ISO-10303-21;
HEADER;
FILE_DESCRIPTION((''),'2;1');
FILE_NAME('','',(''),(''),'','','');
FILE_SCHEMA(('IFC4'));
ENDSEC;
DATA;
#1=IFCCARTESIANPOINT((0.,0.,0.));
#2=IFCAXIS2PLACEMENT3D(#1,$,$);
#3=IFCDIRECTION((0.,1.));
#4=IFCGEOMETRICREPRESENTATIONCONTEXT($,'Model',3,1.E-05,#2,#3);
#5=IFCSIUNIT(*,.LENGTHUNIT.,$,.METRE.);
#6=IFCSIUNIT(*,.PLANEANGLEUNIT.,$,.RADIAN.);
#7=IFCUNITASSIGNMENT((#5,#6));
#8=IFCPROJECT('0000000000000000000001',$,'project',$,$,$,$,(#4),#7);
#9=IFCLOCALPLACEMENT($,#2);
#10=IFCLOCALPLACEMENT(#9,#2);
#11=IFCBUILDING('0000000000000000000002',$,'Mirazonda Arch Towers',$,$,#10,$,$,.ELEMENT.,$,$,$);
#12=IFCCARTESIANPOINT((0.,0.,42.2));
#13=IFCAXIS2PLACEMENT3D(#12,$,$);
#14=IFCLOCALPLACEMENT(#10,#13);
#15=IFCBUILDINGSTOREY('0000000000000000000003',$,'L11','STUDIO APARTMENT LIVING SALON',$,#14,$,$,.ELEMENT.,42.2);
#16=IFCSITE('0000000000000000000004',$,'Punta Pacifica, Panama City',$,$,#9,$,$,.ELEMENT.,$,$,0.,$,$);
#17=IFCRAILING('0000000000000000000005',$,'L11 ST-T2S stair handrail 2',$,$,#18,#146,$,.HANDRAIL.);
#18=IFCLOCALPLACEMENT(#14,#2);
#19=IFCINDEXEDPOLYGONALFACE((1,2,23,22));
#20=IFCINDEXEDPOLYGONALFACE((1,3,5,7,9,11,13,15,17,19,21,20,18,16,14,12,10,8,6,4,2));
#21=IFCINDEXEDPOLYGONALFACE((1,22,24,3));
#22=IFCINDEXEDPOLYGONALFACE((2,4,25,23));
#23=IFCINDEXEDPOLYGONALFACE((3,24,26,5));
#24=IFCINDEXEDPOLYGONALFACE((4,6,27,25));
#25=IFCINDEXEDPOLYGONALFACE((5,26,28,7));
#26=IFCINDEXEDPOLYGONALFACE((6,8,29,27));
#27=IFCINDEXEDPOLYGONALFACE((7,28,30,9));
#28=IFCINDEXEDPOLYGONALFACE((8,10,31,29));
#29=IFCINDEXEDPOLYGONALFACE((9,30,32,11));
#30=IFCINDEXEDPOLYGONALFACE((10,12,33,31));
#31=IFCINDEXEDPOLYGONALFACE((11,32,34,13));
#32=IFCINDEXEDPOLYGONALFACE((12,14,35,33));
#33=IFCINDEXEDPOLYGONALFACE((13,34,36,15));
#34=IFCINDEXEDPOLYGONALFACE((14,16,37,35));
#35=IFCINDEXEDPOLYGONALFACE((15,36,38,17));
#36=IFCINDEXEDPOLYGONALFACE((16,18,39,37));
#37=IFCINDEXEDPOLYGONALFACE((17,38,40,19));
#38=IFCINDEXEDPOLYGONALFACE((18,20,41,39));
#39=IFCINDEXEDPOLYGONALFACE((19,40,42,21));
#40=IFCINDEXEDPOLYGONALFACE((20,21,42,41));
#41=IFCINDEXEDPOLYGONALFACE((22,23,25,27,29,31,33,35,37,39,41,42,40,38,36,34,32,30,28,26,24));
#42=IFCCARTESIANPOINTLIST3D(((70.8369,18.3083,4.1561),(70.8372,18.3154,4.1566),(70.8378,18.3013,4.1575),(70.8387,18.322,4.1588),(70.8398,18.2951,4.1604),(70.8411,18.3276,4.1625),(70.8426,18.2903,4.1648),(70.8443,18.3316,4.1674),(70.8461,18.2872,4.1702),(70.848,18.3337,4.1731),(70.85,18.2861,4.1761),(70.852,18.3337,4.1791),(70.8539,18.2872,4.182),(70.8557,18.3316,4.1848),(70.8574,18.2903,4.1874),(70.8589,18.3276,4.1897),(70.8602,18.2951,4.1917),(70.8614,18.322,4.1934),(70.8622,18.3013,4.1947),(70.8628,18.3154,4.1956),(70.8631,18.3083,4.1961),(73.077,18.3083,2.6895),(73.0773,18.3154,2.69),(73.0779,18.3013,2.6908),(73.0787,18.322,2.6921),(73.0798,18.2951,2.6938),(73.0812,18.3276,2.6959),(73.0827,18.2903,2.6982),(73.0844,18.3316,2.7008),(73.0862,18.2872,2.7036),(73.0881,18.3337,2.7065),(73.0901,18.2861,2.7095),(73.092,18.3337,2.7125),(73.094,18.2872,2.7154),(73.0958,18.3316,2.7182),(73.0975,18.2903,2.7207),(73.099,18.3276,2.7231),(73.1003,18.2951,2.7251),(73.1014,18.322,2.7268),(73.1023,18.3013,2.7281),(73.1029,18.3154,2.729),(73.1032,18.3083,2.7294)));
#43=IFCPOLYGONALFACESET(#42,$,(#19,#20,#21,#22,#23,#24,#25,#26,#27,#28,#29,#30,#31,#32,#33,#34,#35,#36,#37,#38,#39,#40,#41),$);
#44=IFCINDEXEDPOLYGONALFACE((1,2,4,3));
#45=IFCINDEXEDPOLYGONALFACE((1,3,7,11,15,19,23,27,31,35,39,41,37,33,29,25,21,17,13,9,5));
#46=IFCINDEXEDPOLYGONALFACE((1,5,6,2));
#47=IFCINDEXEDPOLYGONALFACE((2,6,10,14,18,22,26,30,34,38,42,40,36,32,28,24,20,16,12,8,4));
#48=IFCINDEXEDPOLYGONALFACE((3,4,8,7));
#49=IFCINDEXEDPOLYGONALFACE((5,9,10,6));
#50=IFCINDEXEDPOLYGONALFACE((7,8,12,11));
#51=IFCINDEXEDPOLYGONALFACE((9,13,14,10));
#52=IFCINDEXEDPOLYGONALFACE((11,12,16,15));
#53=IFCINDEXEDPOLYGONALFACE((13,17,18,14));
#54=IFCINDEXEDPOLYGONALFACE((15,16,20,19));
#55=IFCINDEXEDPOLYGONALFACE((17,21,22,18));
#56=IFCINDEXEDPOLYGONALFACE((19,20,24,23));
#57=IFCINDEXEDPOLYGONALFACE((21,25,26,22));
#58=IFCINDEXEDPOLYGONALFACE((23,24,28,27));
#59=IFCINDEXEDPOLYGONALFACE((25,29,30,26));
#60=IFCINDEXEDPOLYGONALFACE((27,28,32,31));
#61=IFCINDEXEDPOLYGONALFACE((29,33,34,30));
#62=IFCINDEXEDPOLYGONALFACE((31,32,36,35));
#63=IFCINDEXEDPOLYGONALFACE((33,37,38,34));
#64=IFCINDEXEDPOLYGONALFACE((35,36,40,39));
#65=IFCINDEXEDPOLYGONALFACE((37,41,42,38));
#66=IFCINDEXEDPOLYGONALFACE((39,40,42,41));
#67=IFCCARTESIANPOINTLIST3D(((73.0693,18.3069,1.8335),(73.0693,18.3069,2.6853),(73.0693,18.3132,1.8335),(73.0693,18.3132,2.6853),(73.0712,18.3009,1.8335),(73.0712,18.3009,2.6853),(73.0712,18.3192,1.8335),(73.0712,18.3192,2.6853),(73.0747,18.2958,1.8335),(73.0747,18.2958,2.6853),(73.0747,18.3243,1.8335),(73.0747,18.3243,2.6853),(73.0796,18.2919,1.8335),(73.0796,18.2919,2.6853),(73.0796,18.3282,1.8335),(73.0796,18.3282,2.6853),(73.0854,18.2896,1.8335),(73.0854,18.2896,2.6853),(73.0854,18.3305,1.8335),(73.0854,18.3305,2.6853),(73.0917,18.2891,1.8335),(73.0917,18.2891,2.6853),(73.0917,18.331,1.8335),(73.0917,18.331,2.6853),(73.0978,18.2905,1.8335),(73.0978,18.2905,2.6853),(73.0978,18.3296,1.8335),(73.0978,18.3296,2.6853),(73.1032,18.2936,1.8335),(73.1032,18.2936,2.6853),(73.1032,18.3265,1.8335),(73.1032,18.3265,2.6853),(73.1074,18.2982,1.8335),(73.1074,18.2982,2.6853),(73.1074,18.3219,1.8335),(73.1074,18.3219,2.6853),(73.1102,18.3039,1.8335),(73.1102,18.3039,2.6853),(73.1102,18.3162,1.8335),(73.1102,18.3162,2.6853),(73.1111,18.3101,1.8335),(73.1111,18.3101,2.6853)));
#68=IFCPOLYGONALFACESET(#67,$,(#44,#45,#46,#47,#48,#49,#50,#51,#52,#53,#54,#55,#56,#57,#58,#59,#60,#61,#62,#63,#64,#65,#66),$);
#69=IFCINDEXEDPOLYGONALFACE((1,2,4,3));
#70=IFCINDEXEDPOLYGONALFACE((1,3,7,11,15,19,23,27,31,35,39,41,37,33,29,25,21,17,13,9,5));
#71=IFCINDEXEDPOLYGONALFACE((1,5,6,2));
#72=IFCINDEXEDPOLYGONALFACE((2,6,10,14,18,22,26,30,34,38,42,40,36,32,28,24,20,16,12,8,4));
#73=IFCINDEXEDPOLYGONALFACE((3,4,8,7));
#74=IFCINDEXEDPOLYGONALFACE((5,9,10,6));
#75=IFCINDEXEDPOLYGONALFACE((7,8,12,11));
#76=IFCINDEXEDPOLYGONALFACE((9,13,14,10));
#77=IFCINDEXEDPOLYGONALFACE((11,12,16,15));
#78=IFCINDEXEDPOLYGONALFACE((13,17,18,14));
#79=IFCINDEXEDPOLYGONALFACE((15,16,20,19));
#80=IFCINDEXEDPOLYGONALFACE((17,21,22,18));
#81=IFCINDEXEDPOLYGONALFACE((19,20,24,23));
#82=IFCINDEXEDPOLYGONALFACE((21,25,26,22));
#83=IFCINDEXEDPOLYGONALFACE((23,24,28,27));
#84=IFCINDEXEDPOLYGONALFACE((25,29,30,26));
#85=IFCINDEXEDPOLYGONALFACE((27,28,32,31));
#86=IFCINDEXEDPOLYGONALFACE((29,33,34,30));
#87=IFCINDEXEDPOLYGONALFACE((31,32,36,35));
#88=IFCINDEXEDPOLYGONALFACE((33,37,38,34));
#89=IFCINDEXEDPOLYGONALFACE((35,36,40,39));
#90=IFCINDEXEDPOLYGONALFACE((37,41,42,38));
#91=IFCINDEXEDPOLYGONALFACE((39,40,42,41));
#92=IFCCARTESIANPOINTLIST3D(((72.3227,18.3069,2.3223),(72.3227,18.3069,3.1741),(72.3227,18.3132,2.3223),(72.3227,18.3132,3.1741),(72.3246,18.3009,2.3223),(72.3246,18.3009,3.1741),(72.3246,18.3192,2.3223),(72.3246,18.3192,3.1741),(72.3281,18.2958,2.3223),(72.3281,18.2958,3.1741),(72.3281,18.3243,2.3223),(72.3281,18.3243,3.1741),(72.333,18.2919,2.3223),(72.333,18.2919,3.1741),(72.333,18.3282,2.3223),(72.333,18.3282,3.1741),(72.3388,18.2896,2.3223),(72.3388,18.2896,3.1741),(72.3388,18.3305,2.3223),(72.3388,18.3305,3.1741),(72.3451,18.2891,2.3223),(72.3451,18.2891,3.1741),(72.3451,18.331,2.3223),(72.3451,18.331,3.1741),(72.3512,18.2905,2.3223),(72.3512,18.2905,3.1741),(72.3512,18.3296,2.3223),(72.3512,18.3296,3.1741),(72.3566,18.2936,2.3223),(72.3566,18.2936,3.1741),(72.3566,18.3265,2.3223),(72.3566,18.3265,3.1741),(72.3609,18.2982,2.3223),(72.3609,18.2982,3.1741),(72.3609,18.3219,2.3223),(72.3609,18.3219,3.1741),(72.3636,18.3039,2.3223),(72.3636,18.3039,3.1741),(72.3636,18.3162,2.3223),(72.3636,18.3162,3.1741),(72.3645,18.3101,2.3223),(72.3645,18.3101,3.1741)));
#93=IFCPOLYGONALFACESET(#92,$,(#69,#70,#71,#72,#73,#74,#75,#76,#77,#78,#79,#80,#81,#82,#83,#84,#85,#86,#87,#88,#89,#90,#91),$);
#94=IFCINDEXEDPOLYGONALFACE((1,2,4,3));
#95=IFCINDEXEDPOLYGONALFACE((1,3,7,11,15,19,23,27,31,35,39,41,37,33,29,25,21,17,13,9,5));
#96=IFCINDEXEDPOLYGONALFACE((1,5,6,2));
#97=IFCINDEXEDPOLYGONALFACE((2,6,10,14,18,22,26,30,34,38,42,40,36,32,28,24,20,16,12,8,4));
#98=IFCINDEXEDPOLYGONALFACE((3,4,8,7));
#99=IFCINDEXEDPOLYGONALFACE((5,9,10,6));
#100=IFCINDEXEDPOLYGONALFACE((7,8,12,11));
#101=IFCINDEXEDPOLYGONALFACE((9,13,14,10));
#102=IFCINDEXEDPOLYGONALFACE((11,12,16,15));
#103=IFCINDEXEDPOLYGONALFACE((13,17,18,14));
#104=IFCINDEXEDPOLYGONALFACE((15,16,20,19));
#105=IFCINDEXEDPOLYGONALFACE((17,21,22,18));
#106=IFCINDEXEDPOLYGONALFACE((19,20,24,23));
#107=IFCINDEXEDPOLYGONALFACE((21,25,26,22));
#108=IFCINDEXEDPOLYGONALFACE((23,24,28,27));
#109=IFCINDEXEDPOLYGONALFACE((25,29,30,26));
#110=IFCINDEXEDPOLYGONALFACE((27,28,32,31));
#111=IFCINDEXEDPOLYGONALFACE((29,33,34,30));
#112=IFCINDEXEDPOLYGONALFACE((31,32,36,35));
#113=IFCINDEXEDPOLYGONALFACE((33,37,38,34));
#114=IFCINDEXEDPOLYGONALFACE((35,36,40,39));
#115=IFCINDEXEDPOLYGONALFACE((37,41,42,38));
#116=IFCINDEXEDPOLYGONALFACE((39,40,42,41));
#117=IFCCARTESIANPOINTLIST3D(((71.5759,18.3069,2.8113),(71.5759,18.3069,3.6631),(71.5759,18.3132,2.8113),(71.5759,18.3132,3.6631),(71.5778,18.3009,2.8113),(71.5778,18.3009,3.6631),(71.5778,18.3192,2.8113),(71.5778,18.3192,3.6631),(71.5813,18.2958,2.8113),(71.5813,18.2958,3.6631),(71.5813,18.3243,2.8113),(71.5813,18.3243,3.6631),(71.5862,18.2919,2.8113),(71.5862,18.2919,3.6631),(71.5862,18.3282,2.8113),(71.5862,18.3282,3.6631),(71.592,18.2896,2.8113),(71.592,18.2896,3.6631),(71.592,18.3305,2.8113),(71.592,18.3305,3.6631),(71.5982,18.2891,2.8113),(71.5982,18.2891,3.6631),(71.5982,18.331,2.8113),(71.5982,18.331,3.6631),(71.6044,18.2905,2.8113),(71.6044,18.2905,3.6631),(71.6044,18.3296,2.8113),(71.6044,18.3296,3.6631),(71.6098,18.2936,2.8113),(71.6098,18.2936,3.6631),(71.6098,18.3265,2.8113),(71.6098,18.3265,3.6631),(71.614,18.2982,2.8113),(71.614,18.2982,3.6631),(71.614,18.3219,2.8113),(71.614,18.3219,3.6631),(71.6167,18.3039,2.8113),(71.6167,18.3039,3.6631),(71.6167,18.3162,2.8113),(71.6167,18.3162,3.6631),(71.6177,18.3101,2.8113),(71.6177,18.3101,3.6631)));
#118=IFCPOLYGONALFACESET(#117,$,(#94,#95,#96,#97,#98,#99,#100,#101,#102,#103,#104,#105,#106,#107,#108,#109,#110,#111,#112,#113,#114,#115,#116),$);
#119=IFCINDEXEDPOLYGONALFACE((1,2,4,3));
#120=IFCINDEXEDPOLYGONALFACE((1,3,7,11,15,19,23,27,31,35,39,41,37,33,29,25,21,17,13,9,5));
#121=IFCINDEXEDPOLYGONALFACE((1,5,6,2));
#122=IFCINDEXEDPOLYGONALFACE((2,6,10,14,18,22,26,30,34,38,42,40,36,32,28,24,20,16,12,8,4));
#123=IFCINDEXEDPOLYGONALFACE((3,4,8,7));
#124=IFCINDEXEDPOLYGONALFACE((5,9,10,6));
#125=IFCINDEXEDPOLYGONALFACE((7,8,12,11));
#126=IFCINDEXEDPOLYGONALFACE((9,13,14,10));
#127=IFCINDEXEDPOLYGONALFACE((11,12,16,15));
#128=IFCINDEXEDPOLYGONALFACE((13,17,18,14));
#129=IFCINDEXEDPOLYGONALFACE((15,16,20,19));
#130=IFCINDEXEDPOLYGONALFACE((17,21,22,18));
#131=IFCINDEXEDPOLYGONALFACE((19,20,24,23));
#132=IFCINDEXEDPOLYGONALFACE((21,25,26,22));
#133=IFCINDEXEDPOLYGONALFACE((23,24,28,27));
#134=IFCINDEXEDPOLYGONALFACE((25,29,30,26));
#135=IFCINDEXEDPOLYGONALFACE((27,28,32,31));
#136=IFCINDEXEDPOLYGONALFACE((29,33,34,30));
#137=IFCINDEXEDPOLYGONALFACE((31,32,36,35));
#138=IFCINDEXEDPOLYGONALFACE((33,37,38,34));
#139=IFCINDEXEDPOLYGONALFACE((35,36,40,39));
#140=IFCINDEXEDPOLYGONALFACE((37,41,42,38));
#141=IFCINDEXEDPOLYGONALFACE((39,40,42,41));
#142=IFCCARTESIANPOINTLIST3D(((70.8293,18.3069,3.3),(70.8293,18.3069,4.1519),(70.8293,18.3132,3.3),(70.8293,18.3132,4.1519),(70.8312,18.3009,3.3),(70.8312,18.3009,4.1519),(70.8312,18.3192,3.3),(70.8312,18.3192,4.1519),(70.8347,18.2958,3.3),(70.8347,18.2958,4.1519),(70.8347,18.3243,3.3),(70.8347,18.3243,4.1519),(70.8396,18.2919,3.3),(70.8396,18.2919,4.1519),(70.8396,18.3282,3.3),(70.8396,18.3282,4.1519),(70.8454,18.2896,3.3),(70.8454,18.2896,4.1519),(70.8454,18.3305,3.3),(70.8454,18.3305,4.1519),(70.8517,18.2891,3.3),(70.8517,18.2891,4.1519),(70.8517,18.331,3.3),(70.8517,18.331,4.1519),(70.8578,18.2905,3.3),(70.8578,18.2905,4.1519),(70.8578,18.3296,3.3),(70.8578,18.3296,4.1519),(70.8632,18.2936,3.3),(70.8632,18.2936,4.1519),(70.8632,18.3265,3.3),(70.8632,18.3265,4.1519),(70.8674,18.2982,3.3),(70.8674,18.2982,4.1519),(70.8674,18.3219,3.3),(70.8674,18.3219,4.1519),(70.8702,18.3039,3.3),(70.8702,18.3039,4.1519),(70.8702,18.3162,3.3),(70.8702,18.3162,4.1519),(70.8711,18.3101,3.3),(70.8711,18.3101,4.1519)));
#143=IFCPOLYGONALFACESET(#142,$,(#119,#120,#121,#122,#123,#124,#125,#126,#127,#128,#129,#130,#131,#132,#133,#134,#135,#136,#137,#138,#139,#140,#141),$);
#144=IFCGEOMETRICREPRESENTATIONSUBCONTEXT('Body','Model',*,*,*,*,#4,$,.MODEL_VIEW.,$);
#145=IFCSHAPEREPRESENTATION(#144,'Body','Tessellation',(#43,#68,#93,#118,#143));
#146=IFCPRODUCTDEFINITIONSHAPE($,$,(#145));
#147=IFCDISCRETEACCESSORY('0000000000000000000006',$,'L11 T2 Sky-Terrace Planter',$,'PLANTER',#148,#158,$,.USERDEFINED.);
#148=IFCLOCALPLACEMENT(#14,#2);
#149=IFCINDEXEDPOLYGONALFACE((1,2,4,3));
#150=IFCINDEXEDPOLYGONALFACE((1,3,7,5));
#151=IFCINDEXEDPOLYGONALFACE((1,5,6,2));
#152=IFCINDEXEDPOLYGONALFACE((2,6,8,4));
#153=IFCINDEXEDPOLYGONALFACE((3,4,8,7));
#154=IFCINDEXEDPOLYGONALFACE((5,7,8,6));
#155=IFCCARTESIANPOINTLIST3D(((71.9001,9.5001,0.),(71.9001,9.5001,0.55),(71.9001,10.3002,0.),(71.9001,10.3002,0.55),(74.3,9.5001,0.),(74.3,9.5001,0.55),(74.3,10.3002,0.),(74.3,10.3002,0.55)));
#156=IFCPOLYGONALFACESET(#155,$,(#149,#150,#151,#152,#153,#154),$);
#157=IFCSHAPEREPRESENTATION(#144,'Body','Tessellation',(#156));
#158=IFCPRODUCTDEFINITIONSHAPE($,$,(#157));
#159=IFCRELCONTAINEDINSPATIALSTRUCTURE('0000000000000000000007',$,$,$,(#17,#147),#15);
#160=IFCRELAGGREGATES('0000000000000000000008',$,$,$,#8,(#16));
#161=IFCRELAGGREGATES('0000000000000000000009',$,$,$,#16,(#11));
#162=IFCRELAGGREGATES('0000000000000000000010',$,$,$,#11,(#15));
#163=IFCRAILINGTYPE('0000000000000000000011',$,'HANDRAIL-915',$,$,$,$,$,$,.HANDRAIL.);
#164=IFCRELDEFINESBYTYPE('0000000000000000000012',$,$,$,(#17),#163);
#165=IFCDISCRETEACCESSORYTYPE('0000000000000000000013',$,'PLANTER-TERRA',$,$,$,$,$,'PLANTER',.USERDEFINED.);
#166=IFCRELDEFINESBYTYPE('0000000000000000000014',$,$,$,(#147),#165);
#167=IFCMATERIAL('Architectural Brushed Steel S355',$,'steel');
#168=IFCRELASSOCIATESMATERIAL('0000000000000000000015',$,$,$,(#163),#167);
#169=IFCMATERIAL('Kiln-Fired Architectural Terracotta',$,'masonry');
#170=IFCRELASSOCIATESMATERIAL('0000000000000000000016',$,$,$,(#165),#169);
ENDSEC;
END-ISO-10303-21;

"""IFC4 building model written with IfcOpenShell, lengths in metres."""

from ifc_helpers import new_model, si_unit, direction, frame, origin, origin_2d, place, context, subcontext, project, spatial, rectangle, circle, extrude, material, type_object, element, save


model = new_model("IFC4")

# Units and contexts
model_context = context("Model", 3, precision=1e-05, world=origin(), true_north=direction((0.0, 1.0)))
body_context = subcontext(model_context, "Body", "Model", "MODEL_VIEW")
ifc_project = project(units=[si_unit("LENGTHUNIT", "METRE"), si_unit("PLANEANGLEUNIT", "RADIAN")], contexts=[model_context])

# Site, building, storey
site_placement = place(None, origin())
site = spatial("IfcSite", under=ifc_project, at=site_placement, Name="Punta Pacifica, Panama City", CompositionType="ELEMENT", RefElevation=0.0)
building_placement = place(site_placement, origin())
building = spatial("IfcBuilding", under=site, at=building_placement, Name="Mirazonda Arch Towers", CompositionType="ELEMENT")
storey_placement = place(building_placement, frame((0.0, 0.0, 42.2)))
storey = spatial("IfcBuildingStorey", under=building, at=storey_placement, Name="L11", Description="STUDIO APARTMENT LIVING SALON", CompositionType="ELEMENT", Elevation=42.2)

# Shared definitions
ifc_material_1 = material(Name="Kiln-Fired Architectural Terracotta", Category="masonry")

# Railing
ifc_material_2 = material(Name="Architectural Brushed Steel S355", Category="steel")
railing_type_1 = type_object("IfcRailingType", Name="HANDRAIL-915", PredefinedType="HANDRAIL", material=ifc_material_2)
railing_1_placement = place(storey_placement, frame((73.0901, 18.3101, 1.8335)))
element("IfcRailing", 1, at=railing_1_placement, inside=storey, type_object=railing_type_1, Name="L11 ST-T2S stair handrail 2", PredefinedType="HANDRAIL", context=body_context, shape_type="SweptSolid", body=[
    extrude(circle(Radius=0.0239, at=origin_2d()), frame((0.0, 0.0, 0.876), z_axis=(-0.836637, 0.0, 0.547758), x_axis=(0.0, -1.0, 0.0)), (0.0, 0.0, 1.0), 2.6775),
    extrude(circle(Radius=0.021, at=origin_2d()), origin(), (0.0, 0.0, 1.0), 0.8518),
    extrude(circle(Radius=0.021, at=origin_2d()), frame((-0.7466, 0.0, 0.4888)), (0.0, 0.0, 1.0), 0.8518),
    extrude(circle(Radius=0.021, at=origin_2d()), frame((-1.4934, 0.0, 0.9778)), (0.0, 0.0, 1.0), 0.8518),
    extrude(circle(Radius=0.021, at=origin_2d()), frame((-2.24, 0.0, 1.4666)), (0.0, 0.0, 1.0), 0.8518),
])

# Discrete accessory
discrete_accessory_type = type_object("IfcDiscreteAccessoryType", Name="PLANTER-TERRA", ElementType="PLANTER", PredefinedType="USERDEFINED", material=ifc_material_1)
discrete_accessory_placement = place(storey_placement, frame((73.1001, 9.9001, 0.0), z_axis=(0.0, 0.0, 1.0), x_axis=(1.0, 0.0, 0.0)))
element("IfcDiscreteAccessory", 2, at=discrete_accessory_placement, inside=storey, type_object=discrete_accessory_type, Name="L11 T2 Sky-Terrace Planter", ObjectType="PLANTER", PredefinedType="USERDEFINED", context=body_context, shape_type="SweptSolid", body=[
    extrude(rectangle(XDim=2.3999, YDim=0.8, at=origin_2d()), origin(), (0.0, 0.0, 1.0), 0.55),
])

save(model, "model.ifc")
